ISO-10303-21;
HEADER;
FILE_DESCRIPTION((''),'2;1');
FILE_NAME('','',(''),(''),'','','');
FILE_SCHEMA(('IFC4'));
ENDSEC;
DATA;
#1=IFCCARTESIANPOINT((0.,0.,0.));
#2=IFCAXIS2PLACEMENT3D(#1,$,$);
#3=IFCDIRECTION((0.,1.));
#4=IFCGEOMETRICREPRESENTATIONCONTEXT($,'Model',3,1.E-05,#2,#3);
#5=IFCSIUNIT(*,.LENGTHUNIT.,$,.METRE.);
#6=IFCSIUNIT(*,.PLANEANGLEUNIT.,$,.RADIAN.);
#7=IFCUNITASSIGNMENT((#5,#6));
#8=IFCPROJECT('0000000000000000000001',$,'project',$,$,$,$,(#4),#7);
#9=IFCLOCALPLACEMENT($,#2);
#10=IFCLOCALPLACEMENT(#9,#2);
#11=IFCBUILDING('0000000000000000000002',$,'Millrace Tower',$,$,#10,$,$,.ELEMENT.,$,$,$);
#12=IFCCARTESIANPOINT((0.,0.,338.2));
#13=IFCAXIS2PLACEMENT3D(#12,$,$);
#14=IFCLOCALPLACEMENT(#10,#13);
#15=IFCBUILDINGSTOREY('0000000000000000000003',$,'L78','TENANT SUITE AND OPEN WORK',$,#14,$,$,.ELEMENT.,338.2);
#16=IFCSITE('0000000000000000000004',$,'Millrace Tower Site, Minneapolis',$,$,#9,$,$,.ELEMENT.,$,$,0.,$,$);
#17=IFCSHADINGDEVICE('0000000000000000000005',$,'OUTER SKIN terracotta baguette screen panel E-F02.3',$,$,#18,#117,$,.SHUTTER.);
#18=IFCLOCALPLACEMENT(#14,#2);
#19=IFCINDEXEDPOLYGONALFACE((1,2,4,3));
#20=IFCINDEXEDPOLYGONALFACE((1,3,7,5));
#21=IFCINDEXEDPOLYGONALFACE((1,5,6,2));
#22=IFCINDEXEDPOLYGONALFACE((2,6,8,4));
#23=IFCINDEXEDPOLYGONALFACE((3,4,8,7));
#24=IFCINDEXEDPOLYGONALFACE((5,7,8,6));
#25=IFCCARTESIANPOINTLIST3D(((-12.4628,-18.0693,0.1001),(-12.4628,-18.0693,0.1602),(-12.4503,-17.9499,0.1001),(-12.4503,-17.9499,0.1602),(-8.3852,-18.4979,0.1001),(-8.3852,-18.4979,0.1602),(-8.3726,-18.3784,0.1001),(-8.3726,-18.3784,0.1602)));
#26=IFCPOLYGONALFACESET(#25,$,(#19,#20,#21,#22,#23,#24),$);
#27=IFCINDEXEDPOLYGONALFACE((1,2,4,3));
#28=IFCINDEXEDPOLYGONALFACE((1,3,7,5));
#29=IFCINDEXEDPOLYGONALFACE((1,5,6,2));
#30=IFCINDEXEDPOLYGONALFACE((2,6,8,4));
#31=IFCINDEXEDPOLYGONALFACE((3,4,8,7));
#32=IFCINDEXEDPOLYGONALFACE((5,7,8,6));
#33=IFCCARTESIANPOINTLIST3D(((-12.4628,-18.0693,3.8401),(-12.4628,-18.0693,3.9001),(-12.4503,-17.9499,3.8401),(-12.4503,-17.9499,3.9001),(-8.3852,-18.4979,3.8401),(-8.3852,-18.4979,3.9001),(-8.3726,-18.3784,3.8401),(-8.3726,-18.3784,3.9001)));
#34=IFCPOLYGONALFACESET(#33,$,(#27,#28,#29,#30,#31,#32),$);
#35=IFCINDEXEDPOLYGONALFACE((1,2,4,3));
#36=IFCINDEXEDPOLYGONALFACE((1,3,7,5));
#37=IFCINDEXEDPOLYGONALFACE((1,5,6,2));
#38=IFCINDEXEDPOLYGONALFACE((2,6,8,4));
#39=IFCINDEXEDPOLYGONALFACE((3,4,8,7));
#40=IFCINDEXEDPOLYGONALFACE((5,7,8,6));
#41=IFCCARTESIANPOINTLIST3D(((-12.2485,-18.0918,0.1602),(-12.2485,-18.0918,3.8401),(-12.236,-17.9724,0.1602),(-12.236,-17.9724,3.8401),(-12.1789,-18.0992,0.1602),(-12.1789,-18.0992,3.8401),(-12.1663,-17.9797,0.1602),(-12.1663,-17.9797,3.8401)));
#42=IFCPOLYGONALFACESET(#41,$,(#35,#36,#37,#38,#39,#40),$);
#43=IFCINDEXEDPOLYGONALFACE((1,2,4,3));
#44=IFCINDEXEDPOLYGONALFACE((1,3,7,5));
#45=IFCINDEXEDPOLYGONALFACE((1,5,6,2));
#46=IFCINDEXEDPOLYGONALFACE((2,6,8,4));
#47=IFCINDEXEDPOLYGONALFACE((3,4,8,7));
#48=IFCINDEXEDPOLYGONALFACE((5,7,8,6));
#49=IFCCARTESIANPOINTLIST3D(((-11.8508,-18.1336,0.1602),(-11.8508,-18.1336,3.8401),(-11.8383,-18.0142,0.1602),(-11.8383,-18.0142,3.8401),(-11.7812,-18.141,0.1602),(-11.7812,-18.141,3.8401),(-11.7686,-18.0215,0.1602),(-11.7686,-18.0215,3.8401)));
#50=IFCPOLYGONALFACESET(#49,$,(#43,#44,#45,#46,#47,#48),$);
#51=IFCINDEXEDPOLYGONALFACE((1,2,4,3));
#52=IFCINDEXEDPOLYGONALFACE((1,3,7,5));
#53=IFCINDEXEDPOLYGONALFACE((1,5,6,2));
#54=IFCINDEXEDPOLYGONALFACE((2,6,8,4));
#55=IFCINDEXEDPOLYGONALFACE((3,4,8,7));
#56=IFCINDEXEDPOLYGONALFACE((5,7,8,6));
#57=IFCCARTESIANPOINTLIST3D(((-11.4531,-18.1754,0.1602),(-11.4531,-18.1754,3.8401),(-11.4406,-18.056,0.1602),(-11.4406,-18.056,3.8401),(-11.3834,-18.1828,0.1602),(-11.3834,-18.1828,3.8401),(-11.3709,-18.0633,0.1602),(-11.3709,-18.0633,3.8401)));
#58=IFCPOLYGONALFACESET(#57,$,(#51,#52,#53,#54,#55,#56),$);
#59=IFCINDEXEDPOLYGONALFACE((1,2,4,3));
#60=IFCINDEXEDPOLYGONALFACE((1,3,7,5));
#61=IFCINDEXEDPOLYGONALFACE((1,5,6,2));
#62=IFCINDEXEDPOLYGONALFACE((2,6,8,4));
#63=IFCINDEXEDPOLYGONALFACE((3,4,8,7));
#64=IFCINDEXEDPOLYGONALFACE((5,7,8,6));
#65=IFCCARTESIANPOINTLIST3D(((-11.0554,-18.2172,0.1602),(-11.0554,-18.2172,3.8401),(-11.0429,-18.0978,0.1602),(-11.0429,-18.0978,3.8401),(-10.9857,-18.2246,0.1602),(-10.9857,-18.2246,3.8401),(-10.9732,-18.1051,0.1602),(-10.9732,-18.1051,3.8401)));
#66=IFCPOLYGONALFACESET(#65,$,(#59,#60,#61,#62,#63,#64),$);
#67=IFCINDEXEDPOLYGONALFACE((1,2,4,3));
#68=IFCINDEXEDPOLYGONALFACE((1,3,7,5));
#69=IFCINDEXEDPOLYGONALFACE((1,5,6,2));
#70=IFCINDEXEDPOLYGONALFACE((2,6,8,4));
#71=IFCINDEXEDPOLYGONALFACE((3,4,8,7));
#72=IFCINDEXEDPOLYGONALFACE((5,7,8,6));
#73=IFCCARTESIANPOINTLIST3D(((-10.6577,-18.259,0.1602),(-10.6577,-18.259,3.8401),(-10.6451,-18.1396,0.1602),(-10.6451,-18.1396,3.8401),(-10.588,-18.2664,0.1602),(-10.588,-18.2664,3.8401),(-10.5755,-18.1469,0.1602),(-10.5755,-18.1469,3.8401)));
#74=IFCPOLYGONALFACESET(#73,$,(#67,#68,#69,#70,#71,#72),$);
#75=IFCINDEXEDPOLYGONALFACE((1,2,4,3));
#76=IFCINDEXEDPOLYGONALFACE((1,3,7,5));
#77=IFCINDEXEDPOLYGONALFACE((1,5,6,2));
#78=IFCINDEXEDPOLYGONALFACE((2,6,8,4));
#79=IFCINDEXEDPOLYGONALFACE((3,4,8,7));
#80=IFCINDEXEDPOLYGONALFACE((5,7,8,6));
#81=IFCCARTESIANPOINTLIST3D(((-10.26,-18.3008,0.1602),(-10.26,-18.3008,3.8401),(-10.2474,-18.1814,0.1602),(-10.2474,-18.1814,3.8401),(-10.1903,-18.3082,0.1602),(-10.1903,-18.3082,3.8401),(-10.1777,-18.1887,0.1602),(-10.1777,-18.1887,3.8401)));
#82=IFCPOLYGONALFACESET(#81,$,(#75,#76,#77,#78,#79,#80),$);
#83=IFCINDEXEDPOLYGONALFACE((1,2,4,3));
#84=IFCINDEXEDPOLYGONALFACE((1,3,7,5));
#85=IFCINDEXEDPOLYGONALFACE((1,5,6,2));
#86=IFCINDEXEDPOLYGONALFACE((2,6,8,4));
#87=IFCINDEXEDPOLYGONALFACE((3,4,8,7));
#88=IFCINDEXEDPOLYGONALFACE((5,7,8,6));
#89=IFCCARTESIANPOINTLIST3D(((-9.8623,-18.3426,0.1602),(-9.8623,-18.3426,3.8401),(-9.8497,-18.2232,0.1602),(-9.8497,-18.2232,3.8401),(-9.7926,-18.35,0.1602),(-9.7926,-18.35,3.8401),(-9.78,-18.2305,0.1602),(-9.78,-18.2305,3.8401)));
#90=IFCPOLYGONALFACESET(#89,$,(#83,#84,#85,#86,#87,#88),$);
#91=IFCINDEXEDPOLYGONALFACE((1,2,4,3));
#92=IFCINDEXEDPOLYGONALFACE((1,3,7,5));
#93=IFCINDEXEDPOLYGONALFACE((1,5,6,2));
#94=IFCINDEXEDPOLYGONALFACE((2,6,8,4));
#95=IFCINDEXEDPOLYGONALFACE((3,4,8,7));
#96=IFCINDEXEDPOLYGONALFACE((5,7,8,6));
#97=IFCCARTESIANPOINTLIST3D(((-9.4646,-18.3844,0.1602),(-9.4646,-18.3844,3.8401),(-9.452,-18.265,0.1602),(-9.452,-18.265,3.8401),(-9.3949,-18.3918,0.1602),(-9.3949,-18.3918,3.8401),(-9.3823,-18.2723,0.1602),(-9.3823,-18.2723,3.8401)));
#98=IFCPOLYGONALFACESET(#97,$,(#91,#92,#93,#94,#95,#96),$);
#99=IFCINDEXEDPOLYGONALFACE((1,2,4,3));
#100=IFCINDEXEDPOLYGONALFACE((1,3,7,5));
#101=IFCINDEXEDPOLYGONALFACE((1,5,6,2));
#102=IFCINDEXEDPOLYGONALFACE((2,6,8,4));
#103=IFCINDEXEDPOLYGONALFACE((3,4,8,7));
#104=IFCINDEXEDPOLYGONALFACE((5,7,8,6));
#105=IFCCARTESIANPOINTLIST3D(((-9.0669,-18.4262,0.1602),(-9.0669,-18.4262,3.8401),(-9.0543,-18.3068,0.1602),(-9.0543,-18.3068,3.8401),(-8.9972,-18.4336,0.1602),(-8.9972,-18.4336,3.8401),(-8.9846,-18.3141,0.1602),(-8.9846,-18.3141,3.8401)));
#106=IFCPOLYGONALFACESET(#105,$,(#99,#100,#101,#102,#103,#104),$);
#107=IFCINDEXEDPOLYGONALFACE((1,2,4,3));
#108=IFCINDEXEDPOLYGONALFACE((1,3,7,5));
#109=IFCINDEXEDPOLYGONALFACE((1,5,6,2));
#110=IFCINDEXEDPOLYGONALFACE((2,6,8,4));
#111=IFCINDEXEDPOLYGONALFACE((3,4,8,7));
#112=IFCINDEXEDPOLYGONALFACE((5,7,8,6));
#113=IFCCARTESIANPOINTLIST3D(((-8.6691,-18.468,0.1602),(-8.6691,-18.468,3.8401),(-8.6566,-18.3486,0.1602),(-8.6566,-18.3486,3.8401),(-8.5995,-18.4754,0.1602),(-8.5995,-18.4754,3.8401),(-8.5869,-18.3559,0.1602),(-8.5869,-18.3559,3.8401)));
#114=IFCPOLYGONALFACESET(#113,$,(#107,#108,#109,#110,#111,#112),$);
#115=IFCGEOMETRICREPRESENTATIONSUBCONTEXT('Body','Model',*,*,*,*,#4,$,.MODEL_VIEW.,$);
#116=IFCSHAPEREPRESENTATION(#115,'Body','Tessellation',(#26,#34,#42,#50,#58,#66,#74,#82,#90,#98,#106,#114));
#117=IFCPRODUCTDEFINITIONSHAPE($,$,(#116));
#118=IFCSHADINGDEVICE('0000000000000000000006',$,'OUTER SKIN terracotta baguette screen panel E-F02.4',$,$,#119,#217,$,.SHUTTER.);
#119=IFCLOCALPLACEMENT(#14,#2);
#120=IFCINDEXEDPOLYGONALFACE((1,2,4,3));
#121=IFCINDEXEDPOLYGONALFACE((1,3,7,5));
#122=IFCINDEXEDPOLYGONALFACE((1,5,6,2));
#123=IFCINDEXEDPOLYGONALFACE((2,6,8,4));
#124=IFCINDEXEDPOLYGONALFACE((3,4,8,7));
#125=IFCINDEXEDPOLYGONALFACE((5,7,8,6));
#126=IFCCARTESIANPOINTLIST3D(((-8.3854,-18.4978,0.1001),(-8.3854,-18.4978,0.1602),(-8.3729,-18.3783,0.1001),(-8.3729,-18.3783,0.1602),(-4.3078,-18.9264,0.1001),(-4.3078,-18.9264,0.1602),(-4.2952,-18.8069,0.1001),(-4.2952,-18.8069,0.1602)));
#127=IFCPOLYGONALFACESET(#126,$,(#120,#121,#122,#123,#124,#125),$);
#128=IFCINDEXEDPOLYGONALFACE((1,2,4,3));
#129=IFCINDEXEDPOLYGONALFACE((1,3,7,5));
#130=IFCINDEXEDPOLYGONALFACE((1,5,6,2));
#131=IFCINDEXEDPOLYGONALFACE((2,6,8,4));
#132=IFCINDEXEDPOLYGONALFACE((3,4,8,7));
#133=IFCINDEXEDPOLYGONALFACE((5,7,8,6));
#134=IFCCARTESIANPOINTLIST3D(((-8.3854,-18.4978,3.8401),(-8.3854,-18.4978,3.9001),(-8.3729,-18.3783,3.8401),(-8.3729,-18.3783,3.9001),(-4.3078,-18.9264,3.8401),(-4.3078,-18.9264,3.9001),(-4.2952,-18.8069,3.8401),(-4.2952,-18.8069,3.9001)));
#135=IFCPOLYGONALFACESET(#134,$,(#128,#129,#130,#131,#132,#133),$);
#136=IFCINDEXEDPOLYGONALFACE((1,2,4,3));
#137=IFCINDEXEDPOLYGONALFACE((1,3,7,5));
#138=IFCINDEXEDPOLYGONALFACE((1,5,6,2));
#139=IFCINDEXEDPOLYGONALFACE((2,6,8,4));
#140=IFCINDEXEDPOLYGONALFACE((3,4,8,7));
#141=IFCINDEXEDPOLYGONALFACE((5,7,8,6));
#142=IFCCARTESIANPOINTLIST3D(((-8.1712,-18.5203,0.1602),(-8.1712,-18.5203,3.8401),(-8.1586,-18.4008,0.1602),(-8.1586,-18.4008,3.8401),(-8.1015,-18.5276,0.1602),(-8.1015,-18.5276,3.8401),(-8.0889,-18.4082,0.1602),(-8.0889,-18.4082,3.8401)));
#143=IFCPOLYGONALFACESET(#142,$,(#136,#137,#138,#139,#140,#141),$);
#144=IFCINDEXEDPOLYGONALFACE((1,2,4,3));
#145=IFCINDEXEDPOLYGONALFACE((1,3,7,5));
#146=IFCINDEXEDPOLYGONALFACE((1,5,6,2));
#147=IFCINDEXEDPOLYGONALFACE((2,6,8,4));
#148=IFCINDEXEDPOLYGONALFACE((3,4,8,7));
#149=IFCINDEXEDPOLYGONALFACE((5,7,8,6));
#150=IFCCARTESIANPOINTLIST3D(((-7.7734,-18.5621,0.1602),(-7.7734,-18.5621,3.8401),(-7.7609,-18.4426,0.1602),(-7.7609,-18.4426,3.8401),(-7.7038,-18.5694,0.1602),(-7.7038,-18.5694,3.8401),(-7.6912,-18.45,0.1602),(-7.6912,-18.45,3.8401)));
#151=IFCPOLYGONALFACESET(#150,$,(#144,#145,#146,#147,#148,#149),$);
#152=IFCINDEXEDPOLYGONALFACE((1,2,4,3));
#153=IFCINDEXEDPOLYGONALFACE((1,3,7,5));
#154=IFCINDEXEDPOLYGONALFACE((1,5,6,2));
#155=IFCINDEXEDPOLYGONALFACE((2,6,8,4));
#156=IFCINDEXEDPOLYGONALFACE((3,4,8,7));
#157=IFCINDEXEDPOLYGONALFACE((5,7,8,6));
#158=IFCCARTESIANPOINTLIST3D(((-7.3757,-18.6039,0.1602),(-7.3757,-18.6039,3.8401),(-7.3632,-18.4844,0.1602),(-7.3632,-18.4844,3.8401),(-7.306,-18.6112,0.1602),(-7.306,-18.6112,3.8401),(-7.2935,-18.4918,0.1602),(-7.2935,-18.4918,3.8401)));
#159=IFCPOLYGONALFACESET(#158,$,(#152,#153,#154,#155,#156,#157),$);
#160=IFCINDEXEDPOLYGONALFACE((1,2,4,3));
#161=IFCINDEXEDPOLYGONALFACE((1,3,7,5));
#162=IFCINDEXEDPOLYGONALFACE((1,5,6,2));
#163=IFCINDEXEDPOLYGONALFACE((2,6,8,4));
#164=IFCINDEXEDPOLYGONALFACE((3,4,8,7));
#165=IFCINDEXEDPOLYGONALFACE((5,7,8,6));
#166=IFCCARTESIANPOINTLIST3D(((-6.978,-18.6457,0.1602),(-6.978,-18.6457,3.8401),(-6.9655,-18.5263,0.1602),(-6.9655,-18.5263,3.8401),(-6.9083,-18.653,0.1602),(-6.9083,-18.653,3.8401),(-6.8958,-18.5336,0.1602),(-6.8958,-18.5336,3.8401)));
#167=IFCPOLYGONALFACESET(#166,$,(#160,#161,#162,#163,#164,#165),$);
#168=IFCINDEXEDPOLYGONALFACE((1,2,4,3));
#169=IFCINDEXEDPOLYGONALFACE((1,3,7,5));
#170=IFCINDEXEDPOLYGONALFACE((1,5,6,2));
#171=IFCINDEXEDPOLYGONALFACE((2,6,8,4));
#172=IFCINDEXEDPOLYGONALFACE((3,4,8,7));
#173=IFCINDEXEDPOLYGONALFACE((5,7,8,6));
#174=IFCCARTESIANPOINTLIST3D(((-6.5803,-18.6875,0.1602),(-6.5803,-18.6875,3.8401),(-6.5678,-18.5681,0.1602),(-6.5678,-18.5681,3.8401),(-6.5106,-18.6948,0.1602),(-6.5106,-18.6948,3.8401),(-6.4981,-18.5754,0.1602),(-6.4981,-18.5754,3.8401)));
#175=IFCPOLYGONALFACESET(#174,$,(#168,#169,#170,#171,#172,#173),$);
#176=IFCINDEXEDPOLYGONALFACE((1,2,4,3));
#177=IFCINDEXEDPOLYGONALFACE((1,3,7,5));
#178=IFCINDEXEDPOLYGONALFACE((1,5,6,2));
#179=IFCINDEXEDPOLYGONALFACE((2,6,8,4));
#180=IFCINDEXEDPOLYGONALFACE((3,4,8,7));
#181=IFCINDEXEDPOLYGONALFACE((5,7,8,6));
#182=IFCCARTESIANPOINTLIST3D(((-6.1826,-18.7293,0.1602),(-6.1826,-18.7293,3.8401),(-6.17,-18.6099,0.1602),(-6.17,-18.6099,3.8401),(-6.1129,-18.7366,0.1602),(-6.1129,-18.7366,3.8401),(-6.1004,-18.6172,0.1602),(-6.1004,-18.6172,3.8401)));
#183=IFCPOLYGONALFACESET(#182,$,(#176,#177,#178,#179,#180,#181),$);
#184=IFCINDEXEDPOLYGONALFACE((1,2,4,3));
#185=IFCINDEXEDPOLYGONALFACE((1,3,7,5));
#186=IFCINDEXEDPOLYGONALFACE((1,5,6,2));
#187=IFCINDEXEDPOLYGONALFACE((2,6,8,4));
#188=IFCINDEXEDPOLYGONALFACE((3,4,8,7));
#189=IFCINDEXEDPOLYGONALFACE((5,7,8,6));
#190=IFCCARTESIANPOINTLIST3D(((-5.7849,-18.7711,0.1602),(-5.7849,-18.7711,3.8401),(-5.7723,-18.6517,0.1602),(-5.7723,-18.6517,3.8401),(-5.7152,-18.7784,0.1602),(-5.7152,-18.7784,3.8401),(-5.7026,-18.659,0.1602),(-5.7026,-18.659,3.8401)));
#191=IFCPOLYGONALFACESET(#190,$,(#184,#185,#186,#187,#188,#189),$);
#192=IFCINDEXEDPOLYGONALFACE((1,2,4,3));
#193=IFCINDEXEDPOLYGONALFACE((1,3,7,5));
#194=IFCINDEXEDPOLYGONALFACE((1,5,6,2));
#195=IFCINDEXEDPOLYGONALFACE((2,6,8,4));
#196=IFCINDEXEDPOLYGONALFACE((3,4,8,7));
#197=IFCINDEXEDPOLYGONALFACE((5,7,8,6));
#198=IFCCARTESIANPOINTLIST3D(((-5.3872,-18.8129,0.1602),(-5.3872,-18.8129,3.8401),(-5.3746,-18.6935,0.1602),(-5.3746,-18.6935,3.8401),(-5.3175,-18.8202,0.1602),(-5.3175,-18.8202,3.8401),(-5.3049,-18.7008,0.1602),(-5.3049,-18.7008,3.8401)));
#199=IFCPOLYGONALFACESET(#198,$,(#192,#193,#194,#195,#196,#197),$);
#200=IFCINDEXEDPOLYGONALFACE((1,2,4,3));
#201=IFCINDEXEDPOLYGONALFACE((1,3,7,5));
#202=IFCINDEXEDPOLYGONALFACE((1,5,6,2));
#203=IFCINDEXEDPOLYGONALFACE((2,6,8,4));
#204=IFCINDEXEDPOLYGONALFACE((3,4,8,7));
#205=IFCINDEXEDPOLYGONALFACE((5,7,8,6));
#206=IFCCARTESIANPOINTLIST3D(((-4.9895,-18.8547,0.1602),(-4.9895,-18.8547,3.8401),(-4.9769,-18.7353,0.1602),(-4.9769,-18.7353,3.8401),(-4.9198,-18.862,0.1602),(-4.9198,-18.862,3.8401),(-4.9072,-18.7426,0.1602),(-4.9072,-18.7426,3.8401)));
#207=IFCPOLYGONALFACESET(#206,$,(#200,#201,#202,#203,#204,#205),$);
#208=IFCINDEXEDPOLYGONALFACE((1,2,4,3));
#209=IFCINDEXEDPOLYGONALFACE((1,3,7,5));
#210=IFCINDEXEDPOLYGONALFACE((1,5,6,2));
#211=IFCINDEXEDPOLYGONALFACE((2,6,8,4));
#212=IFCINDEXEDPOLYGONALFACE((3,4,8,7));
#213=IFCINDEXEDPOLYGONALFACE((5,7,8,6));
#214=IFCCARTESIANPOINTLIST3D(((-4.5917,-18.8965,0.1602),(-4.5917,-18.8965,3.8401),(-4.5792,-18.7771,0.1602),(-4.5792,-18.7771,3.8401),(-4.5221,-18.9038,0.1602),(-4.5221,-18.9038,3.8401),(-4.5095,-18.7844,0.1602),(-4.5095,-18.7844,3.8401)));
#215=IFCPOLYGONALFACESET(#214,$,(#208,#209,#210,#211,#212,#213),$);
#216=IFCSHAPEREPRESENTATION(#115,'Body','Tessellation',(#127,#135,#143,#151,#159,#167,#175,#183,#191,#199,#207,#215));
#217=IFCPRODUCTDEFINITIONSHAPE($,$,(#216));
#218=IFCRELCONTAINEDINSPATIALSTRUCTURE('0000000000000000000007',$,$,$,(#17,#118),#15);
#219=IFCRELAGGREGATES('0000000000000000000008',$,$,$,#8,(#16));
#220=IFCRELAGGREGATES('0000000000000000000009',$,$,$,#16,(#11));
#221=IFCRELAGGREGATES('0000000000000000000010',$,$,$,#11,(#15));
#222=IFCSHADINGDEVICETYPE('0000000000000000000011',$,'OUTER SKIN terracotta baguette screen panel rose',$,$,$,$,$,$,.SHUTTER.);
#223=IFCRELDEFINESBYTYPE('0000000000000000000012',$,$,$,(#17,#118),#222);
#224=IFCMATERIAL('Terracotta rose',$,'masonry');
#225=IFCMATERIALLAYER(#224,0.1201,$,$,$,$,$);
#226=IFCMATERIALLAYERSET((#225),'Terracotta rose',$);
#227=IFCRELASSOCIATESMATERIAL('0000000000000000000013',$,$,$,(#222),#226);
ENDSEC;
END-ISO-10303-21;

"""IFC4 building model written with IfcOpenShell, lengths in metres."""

from ifc_helpers import new_model, entity, si_unit, direction, frame, frame_2d, origin, place, context, subcontext, project, spatial, rectangle, extrude, source, transform, mapped, material, layer, layer_set, type_object, element, save


model = new_model("IFC4")

# Units and contexts
model_context = context("Model", 3, precision=1e-05, world=origin(), true_north=direction((0.0, 1.0)))
body_context = subcontext(model_context, "Body", "Model", "MODEL_VIEW")
ifc_project = project(units=[si_unit("LENGTHUNIT", "METRE"), si_unit("PLANEANGLEUNIT", "RADIAN")], contexts=[model_context])

# Site, building, storey
site_placement = place(None, origin())
site = spatial("IfcSite", under=ifc_project, at=site_placement, Name="Millrace Tower Site, Minneapolis", CompositionType="ELEMENT", RefElevation=0.0)
building_placement = place(site_placement, origin())
building = spatial("IfcBuilding", under=site, at=building_placement, Name="Millrace Tower", CompositionType="ELEMENT")
storey_placement = place(building_placement, frame((0.0, 0.0, 338.2)))
storey = spatial("IfcBuildingStorey", under=building, at=storey_placement, Name="L78", Description="TENANT SUITE AND OPEN WORK", CompositionType="ELEMENT", Elevation=338.2)

# Shading devices
ifc_material_1 = material(Name="Terracotta rose", Category="masonry")
ifc_layer_1 = layer(ifc_material_1, 0.1201)
ifc_layer_set_1 = layer_set([ifc_layer_1], Name="Terracotta rose")
shading_device_type = type_object("IfcShadingDeviceType", Name="OUTER SKIN terracotta baguette screen panel rose", PredefinedType="SHUTTER", material=ifc_layer_set_1)
cartesian_point = entity("IfcCartesianPoint", [-2.05, 0.0601])
shared_polyline = entity("IfcPolyline", [cartesian_point, entity("IfcCartesianPoint", [2.05, 0.0601]), entity("IfcCartesianPoint", [2.05, -0.0601]), entity("IfcCartesianPoint", [-2.05, -0.0601]), cartesian_point])
shared_shape = source(origin(), body_context, "Body", "SweptSolid", [
    entity("IfcExtrudedAreaSolid", entity("IfcArbitraryClosedProfileDef", "AREA", None, shared_polyline), entity("IfcAxis2Placement3D", entity("IfcCartesianPoint", [0.0, 0.0, 0.0])), entity("IfcDirection", [0.0, 0.0, 1.0]), 0.0601),
    entity("IfcExtrudedAreaSolid", entity("IfcArbitraryClosedProfileDef", "AREA", None, shared_polyline), entity("IfcAxis2Placement3D", entity("IfcCartesianPoint", [0.0, 0.0, 3.74])), entity("IfcDirection", [0.0, 0.0, 1.0]), 0.0601),
    extrude(rectangle(XDim=0.0701, YDim=0.1201, at=frame_2d((-1.7996, 0.0))), frame((0.0, 0.0, 0.0601)), (0.0, 0.0, 1.0), 3.6799),
    extrude(rectangle(XDim=0.0701, YDim=0.1201, at=frame_2d((-1.3997, 0.0))), frame((0.0, 0.0, 0.0601)), (0.0, 0.0, 1.0), 3.6799),
    extrude(rectangle(XDim=0.0701, YDim=0.1201, at=frame_2d((-0.9998, 0.0))), frame((0.0, 0.0, 0.0601)), (0.0, 0.0, 1.0), 3.6799),
    extrude(rectangle(XDim=0.0701, YDim=0.1201, at=frame_2d((-0.5999, 0.0))), frame((0.0, 0.0, 0.0601)), (0.0, 0.0, 1.0), 3.6799),
    extrude(rectangle(XDim=0.0701, YDim=0.1201, at=frame_2d((-0.2, 0.0))), frame((0.0, 0.0, 0.0601)), (0.0, 0.0, 1.0), 3.6799),
    extrude(rectangle(XDim=0.0701, YDim=0.1201, at=frame_2d((0.2, 0.0))), frame((0.0, 0.0, 0.0601)), (0.0, 0.0, 1.0), 3.6799),
    extrude(rectangle(XDim=0.0701, YDim=0.1201, at=frame_2d((0.5999, 0.0))), frame((0.0, 0.0, 0.0601)), (0.0, 0.0, 1.0), 3.6799),
    extrude(rectangle(XDim=0.0701, YDim=0.1201, at=frame_2d((0.9998, 0.0))), frame((0.0, 0.0, 0.0601)), (0.0, 0.0, 1.0), 3.6799),
    extrude(rectangle(XDim=0.0701, YDim=0.1201, at=frame_2d((1.3997, 0.0))), frame((0.0, 0.0, 0.0601)), (0.0, 0.0, 1.0), 3.6799),
    extrude(rectangle(XDim=0.0701, YDim=0.1201, at=frame_2d((1.7996, 0.0))), frame((0.0, 0.0, 0.0601)), (0.0, 0.0, 1.0), 3.6799),
])
for number, where, z_axis, x_axis, name in (
    (1, (-10.4177, -18.2239, 0.1001), (0.0, 0.0, 1.0), (0.994522, -0.104528, 0.0), "OUTER SKIN terracotta baguette screen panel E-F02.3"),
    (2, (-6.3403, -18.6523, 0.1001), (0.0, 0.0, 1.0), (0.994522, -0.104528, 0.0), "OUTER SKIN terracotta baguette screen panel E-F02.4"),
):
    element("IfcShadingDevice", number, at=place(storey_placement, frame(where, z_axis=z_axis, x_axis=x_axis)), inside=storey, type_object=shading_device_type, Name=name, PredefinedType="SHUTTER", context=body_context, shape_type="MappedRepresentation", body=[
        mapped(shared_shape, transform((0.0, 0.0, 0.0), scale=1.0)),
    ])

save(model, "model.ifc")
